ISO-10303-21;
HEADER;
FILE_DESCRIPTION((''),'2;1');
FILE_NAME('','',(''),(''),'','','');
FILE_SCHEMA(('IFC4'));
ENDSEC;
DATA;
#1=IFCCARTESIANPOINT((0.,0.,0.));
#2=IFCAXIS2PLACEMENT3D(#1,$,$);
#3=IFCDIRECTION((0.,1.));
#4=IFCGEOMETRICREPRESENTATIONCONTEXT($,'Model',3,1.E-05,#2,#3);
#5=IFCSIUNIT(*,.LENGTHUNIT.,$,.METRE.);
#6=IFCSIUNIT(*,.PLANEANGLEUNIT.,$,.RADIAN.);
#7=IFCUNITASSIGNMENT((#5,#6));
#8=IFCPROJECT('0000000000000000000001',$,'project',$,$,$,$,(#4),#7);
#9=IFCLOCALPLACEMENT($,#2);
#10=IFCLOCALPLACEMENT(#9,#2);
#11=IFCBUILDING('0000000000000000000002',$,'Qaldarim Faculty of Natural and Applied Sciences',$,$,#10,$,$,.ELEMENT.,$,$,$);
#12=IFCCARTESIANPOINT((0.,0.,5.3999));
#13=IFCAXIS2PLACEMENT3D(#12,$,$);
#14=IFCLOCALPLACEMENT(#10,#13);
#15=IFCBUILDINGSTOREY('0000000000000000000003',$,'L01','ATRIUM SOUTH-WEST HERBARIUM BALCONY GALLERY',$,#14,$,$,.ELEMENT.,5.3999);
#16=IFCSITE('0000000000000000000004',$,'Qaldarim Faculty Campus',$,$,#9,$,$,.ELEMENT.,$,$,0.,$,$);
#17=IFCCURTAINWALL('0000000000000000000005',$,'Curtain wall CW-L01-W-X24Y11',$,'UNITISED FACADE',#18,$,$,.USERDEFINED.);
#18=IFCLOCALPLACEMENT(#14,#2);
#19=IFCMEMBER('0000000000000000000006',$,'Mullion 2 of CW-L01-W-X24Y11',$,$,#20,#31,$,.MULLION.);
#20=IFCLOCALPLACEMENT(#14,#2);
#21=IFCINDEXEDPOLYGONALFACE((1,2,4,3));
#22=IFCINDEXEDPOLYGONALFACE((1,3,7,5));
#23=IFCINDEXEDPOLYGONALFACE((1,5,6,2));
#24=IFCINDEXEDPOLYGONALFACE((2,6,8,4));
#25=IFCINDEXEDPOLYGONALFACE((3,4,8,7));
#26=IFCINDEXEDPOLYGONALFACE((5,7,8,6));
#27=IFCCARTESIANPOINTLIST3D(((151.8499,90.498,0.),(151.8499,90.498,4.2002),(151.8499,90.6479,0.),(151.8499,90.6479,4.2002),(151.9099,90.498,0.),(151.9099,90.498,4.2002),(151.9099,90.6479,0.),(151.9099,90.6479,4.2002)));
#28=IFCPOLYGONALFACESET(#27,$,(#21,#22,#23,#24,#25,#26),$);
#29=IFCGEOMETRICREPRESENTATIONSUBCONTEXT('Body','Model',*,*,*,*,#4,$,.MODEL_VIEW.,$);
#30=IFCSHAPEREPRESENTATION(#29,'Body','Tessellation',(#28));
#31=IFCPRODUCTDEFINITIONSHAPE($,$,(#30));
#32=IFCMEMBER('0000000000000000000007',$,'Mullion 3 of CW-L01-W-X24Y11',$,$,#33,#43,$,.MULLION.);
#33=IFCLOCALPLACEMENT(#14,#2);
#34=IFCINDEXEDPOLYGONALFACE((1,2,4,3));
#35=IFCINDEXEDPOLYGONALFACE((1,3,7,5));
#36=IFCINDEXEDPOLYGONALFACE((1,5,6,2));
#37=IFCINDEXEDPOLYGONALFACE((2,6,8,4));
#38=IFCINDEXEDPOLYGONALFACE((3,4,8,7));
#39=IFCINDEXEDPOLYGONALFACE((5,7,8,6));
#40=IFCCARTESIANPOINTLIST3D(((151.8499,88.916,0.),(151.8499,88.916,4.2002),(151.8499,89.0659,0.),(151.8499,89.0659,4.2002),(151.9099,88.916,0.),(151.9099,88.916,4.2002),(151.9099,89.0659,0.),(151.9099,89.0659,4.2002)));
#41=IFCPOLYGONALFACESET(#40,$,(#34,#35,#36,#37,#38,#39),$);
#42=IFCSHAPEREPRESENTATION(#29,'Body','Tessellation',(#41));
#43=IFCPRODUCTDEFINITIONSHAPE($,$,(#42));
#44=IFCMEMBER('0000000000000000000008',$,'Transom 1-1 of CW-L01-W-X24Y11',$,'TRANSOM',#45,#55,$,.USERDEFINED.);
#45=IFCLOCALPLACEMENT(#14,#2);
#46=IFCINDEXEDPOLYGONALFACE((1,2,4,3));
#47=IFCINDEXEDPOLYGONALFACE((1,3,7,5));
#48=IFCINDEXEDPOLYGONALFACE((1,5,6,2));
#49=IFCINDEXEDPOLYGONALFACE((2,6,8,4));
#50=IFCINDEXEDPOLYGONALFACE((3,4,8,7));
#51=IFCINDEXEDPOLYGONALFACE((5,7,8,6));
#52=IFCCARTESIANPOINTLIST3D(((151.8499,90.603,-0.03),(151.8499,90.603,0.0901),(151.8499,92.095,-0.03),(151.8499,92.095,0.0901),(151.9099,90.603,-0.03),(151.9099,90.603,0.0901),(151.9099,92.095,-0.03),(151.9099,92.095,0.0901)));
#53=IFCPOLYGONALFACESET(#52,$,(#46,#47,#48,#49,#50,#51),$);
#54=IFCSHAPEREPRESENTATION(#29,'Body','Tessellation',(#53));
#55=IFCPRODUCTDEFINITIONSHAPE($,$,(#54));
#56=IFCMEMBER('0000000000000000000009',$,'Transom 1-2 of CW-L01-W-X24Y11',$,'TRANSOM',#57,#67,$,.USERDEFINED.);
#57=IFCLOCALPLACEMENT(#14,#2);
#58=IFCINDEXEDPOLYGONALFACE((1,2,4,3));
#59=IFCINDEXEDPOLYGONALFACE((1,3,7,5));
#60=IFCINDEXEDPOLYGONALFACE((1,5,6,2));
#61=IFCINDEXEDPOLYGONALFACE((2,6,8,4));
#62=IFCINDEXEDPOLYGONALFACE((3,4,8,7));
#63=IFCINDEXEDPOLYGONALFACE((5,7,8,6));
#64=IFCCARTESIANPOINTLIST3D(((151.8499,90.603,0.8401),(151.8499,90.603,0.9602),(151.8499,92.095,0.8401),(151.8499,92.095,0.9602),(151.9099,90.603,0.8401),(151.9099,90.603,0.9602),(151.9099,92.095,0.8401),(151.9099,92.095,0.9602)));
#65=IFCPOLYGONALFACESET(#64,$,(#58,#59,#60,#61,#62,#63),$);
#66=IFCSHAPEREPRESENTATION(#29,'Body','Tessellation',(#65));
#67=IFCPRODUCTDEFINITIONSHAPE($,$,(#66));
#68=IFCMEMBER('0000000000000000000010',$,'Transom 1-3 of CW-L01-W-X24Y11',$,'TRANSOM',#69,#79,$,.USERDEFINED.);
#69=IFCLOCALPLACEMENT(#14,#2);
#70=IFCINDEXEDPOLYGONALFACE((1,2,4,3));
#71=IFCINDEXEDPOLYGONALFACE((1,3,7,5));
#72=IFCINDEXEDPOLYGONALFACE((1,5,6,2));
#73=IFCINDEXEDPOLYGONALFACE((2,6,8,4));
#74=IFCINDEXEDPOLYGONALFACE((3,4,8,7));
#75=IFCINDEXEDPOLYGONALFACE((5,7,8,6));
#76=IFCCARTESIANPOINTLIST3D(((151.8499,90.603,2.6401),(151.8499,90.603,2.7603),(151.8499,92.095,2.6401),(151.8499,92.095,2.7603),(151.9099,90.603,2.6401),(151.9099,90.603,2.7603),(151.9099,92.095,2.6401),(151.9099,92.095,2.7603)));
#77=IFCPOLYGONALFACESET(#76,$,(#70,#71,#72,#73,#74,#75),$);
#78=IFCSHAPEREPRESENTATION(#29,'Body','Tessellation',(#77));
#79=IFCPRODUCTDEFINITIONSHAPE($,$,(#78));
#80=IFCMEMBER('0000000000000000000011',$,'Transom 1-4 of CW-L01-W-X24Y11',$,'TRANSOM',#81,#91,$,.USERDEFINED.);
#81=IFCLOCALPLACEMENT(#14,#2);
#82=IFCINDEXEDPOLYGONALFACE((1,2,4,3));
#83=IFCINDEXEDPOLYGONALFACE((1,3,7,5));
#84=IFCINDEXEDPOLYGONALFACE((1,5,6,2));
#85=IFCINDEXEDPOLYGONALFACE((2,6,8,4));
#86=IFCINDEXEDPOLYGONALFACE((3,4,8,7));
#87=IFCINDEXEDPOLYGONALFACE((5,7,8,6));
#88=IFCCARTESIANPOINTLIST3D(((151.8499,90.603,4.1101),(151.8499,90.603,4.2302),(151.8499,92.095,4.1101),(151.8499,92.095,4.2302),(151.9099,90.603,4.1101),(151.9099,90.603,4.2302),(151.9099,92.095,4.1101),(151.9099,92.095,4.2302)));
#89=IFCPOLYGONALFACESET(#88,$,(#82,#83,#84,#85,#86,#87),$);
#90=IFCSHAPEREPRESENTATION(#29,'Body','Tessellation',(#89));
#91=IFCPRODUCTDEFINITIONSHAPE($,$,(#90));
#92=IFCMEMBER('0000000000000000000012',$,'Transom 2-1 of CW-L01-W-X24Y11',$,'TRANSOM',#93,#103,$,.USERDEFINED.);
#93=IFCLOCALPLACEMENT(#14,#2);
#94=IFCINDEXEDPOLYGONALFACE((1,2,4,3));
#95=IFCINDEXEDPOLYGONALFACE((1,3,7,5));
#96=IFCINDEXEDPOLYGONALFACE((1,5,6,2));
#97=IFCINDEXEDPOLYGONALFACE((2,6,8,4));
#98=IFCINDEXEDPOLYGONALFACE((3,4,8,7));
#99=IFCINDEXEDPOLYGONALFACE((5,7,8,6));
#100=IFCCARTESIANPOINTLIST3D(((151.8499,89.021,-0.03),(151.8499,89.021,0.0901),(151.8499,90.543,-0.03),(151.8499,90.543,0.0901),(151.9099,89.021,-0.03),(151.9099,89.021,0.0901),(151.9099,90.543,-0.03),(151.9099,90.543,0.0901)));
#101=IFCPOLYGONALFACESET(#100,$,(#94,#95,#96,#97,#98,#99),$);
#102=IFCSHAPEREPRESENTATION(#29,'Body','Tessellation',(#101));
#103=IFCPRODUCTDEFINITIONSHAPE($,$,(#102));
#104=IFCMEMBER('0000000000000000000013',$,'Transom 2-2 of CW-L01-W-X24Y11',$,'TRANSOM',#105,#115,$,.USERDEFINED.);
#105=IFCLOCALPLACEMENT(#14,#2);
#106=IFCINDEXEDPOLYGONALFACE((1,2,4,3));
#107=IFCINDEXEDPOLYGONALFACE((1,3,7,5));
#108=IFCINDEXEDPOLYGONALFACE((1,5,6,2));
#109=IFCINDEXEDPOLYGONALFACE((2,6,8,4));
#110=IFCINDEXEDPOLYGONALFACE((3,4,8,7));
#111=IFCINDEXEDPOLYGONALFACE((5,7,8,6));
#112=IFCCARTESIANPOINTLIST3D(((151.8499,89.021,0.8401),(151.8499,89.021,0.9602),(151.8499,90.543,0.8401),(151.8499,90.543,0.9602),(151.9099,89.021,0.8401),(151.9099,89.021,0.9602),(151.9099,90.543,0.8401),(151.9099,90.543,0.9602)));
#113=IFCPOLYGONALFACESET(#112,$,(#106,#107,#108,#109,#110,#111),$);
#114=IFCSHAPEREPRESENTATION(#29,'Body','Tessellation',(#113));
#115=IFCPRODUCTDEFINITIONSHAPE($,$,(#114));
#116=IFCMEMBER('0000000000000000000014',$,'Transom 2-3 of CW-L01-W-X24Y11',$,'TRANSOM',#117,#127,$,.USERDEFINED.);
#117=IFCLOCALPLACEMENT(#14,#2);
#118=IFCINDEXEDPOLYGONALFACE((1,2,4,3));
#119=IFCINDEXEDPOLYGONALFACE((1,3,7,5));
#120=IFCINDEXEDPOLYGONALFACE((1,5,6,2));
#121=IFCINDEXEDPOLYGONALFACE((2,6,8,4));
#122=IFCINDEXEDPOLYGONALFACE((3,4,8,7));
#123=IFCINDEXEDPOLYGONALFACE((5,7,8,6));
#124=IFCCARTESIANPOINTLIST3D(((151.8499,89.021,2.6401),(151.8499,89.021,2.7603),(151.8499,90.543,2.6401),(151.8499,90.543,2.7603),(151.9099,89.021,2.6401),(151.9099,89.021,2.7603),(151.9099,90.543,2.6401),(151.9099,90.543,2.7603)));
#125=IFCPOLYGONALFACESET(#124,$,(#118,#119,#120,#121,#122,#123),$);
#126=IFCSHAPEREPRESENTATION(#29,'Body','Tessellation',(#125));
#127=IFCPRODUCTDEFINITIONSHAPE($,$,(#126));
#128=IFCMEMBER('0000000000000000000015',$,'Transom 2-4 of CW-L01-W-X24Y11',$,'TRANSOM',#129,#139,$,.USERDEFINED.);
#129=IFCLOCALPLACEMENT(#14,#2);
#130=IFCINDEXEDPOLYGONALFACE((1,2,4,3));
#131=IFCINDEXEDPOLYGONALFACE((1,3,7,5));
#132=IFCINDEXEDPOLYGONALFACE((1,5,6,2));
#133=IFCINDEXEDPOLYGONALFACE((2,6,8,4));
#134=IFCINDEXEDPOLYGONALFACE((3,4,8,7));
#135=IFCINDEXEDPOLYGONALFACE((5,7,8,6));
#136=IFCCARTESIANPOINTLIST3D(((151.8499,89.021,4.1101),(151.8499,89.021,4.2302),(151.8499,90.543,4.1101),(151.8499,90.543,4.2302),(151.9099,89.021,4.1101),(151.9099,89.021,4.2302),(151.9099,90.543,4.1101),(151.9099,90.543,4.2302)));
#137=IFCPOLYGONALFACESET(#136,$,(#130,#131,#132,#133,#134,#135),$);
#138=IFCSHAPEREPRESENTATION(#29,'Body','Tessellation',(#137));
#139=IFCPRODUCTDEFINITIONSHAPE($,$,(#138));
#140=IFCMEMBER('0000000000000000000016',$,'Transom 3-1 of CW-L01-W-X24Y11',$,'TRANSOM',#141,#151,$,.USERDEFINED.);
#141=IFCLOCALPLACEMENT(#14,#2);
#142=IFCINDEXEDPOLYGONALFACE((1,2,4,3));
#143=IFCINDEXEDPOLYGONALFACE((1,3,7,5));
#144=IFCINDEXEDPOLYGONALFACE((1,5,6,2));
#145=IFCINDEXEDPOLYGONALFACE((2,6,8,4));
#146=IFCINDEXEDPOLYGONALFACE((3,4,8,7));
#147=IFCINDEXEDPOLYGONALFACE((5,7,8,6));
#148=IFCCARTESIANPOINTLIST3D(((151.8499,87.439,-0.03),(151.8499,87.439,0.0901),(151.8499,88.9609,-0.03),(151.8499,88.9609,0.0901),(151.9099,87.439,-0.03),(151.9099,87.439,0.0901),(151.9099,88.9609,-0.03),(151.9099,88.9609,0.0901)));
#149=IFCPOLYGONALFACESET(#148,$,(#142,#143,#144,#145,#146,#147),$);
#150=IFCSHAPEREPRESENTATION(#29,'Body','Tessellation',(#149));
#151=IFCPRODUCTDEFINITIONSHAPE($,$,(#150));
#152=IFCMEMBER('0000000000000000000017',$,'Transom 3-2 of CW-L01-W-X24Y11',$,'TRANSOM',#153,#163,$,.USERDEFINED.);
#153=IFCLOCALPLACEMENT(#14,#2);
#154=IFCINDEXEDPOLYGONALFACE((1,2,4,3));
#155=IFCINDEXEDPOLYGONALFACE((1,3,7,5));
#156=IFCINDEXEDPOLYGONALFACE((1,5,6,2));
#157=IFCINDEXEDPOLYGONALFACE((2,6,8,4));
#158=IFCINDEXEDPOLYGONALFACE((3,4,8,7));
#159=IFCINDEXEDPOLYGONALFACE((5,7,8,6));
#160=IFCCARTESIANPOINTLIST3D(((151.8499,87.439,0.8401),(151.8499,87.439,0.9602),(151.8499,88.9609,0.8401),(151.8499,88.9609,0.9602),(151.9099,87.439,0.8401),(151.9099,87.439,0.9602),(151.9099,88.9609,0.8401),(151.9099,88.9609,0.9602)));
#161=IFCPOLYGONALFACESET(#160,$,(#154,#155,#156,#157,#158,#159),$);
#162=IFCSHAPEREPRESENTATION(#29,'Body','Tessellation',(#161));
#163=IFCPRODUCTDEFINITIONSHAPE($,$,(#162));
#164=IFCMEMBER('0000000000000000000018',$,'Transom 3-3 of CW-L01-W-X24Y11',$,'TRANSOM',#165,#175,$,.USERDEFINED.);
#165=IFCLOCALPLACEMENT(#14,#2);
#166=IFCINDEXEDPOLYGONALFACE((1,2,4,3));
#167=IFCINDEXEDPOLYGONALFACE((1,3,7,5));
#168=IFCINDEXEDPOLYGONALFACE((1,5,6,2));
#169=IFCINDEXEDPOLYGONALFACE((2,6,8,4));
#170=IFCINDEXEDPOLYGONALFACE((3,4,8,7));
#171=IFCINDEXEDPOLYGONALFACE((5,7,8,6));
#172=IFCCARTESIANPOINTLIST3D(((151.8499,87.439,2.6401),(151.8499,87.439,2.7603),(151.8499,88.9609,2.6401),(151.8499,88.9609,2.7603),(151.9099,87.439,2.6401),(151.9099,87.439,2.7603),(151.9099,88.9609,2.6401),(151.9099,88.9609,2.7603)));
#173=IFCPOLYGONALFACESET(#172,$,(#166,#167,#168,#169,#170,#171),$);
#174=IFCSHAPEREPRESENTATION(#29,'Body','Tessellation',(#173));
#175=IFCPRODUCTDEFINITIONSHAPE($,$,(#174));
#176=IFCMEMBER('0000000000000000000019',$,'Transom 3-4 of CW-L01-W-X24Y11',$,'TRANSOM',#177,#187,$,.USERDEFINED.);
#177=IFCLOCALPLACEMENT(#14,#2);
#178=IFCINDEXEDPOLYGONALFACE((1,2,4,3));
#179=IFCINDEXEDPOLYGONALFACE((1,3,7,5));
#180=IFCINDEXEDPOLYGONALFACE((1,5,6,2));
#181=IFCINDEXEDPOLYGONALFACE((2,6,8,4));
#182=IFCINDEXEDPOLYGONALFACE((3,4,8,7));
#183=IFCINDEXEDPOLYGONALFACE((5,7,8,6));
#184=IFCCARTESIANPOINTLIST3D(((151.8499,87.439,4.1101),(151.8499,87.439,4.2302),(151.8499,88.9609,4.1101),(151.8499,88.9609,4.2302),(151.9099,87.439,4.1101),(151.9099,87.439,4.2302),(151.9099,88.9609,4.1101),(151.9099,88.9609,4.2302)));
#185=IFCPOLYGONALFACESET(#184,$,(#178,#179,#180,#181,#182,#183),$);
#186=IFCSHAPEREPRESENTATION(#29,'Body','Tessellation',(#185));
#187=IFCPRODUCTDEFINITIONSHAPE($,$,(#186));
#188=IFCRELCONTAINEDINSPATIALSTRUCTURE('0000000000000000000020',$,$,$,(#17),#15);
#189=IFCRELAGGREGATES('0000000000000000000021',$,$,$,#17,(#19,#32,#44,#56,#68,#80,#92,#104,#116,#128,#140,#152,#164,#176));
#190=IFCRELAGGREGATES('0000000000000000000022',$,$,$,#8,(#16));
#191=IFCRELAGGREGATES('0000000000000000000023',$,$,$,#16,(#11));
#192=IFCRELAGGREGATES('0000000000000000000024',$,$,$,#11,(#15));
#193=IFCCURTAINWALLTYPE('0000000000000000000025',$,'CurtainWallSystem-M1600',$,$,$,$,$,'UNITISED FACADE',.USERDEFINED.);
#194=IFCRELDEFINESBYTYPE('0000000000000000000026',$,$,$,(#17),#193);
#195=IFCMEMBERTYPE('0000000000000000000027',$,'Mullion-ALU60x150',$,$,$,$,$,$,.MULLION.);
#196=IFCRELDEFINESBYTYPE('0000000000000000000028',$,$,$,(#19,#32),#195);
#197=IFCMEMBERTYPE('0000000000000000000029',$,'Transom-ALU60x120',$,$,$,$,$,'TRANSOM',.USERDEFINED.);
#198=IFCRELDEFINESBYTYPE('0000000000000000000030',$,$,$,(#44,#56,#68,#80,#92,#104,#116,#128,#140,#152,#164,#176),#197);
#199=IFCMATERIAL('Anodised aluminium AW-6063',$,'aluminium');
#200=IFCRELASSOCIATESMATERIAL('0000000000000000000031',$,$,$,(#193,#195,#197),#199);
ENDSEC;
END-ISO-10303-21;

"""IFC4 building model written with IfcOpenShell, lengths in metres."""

from ifc_helpers import new_model, si_unit, direction, frame, origin, origin_2d, place, context, subcontext, project, spatial, rectangle, extrude, material, material_profile, profile_set, type_object, element, aggregate, save


model = new_model("IFC4")

# Units and contexts
model_context = context("Model", 3, precision=1e-05, world=origin(), true_north=direction((0.0, 1.0)))
body_context = subcontext(model_context, "Body", "Model", "MODEL_VIEW")
ifc_project = project(units=[si_unit("LENGTHUNIT", "METRE"), si_unit("PLANEANGLEUNIT", "RADIAN")], contexts=[model_context])

# Site, building, storey
site_placement = place(None, origin())
site = spatial("IfcSite", under=ifc_project, at=site_placement, Name="Qaldarim Faculty Campus", CompositionType="ELEMENT", RefElevation=0.0)
building_placement = place(site_placement, origin())
building = spatial("IfcBuilding", under=site, at=building_placement, Name="Qaldarim Faculty of Natural and Applied Sciences", CompositionType="ELEMENT")
storey_placement = place(building_placement, frame((0.0, 0.0, 5.3999)))
storey = spatial("IfcBuildingStorey", under=building, at=storey_placement, Name="L01", Description="ATRIUM SOUTH-WEST HERBARIUM BALCONY GALLERY", CompositionType="ELEMENT", Elevation=5.3999)

# Curtain wall, members
ifc_material_1 = material(Name="Anodised aluminium AW-6063", Category="aluminium")
curtain_wall_type = type_object("IfcCurtainWallType", Name="CurtainWallSystem-M1600", ElementType="UNITISED FACADE", PredefinedType="USERDEFINED", material=ifc_material_1)
curtain_wall_placement = place(storey_placement, origin())
curtain_wall = element("IfcCurtainWall", 1, at=curtain_wall_placement, inside=storey, type_object=curtain_wall_type, Name="Curtain wall CW-L01-W-X24Y11", ObjectType="UNITISED FACADE", PredefinedType="USERDEFINED")
ifc_material_profile_1 = material_profile(ifc_material_1, rectangle(XDim=0.0601, YDim=0.1499, at=origin_2d()), Name="ALU-M60x150")
ifc_profile_set_1 = profile_set([ifc_material_profile_1], Name="Anodised aluminium AW-6063")
member_type_1 = type_object("IfcMemberType", Name="Mullion-ALU60x150", PredefinedType="MULLION", material=ifc_profile_set_1)
member_1_placement = place(storey_placement, frame((151.8799, 90.573, 0.0), z_axis=(0.0, 0.0, 1.0), x_axis=(1.0, 0.0, 0.0)))
member_1 = element("IfcMember", 2, at=member_1_placement, type_object=member_type_1, Name="Mullion 2 of CW-L01-W-X24Y11", PredefinedType="MULLION", context=body_context, shape_type="SweptSolid", body=[
    extrude(rectangle(XDim=0.0601, YDim=0.1499, at=origin_2d()), origin(), (0.0, 0.0, 1.0), 4.2002),
])
member_2_placement = place(storey_placement, frame((151.8799, 88.991, 0.0), z_axis=(0.0, 0.0, 1.0), x_axis=(1.0, 0.0, 0.0)))
member_2 = element("IfcMember", 3, at=member_2_placement, type_object=member_type_1, Name="Mullion 3 of CW-L01-W-X24Y11", PredefinedType="MULLION", context=body_context, shape_type="SweptSolid", body=[
    extrude(rectangle(XDim=0.0601, YDim=0.1499, at=origin_2d()), origin(), (0.0, 0.0, 1.0), 4.2002),
])
ifc_material_profile_2 = material_profile(ifc_material_1, rectangle(XDim=0.0601, YDim=0.1201, at=origin_2d()), Name="ALU-T60x120")
ifc_profile_set_2 = profile_set([ifc_material_profile_2], Name="Anodised aluminium AW-6063")
member_type_2 = type_object("IfcMemberType", Name="Transom-ALU60x120", ElementType="TRANSOM", PredefinedType="USERDEFINED", material=ifc_profile_set_2)
member_3_placement = place(storey_placement, frame((151.8799, 92.095, 0.03), z_axis=(0.0, -1.0, 0.0), x_axis=(1.0, 0.0, 0.0)))
member_3 = element("IfcMember", 4, at=member_3_placement, type_object=member_type_2, Name="Transom 1-1 of CW-L01-W-X24Y11", ObjectType="TRANSOM", PredefinedType="USERDEFINED", context=body_context, shape_type="SweptSolid", body=[
    extrude(rectangle(XDim=0.0601, YDim=0.1201, at=origin_2d()), origin(), (0.0, 0.0, 1.0), 1.4919),
])
member_4_placement = place(storey_placement, frame((151.8799, 92.095, 0.9001), z_axis=(0.0, -1.0, 0.0), x_axis=(1.0, 0.0, 0.0)))
member_4 = element("IfcMember", 5, at=member_4_placement, type_object=member_type_2, Name="Transom 1-2 of CW-L01-W-X24Y11", ObjectType="TRANSOM", PredefinedType="USERDEFINED", context=body_context, shape_type="SweptSolid", body=[
    extrude(rectangle(XDim=0.0601, YDim=0.1201, at=origin_2d()), origin(), (0.0, 0.0, 1.0), 1.4919),
])
member_5_placement = place(storey_placement, frame((151.8799, 92.095, 2.7002), z_axis=(0.0, -1.0, 0.0), x_axis=(1.0, 0.0, 0.0)))
member_5 = element("IfcMember", 6, at=member_5_placement, type_object=member_type_2, Name="Transom 1-3 of CW-L01-W-X24Y11", ObjectType="TRANSOM", PredefinedType="USERDEFINED", context=body_context, shape_type="SweptSolid", body=[
    extrude(rectangle(XDim=0.0601, YDim=0.1201, at=origin_2d()), origin(), (0.0, 0.0, 1.0), 1.4919),
])
member_6_placement = place(storey_placement, frame((151.8799, 92.095, 4.1702), z_axis=(0.0, -1.0, 0.0), x_axis=(1.0, 0.0, 0.0)))
member_6 = element("IfcMember", 7, at=member_6_placement, type_object=member_type_2, Name="Transom 1-4 of CW-L01-W-X24Y11", ObjectType="TRANSOM", PredefinedType="USERDEFINED", context=body_context, shape_type="SweptSolid", body=[
    extrude(rectangle(XDim=0.0601, YDim=0.1201, at=origin_2d()), origin(), (0.0, 0.0, 1.0), 1.4919),
])
member_7_placement = place(storey_placement, frame((151.8799, 90.543, 0.03), z_axis=(0.0, -1.0, 0.0), x_axis=(1.0, 0.0, 0.0)))
member_7 = element("IfcMember", 8, at=member_7_placement, type_object=member_type_2, Name="Transom 2-1 of CW-L01-W-X24Y11", ObjectType="TRANSOM", PredefinedType="USERDEFINED", context=body_context, shape_type="SweptSolid", body=[
    extrude(rectangle(XDim=0.0601, YDim=0.1201, at=origin_2d()), origin(), (0.0, 0.0, 1.0), 1.522),
])
member_8_placement = place(storey_placement, frame((151.8799, 90.543, 0.9001), z_axis=(0.0, -1.0, 0.0), x_axis=(1.0, 0.0, 0.0)))
member_8 = element("IfcMember", 9, at=member_8_placement, type_object=member_type_2, Name="Transom 2-2 of CW-L01-W-X24Y11", ObjectType="TRANSOM", PredefinedType="USERDEFINED", context=body_context, shape_type="SweptSolid", body=[
    extrude(rectangle(XDim=0.0601, YDim=0.1201, at=origin_2d()), origin(), (0.0, 0.0, 1.0), 1.522),
])
member_9_placement = place(storey_placement, frame((151.8799, 90.543, 2.7002), z_axis=(0.0, -1.0, 0.0), x_axis=(1.0, 0.0, 0.0)))
member_9 = element("IfcMember", 10, at=member_9_placement, type_object=member_type_2, Name="Transom 2-3 of CW-L01-W-X24Y11", ObjectType="TRANSOM", PredefinedType="USERDEFINED", context=body_context, shape_type="SweptSolid", body=[
    extrude(rectangle(XDim=0.0601, YDim=0.1201, at=origin_2d()), origin(), (0.0, 0.0, 1.0), 1.522),
])
member_10_placement = place(storey_placement, frame((151.8799, 90.543, 4.1702), z_axis=(0.0, -1.0, 0.0), x_axis=(1.0, 0.0, 0.0)))
member_10 = element("IfcMember", 11, at=member_10_placement, type_object=member_type_2, Name="Transom 2-4 of CW-L01-W-X24Y11", ObjectType="TRANSOM", PredefinedType="USERDEFINED", context=body_context, shape_type="SweptSolid", body=[
    extrude(rectangle(XDim=0.0601, YDim=0.1201, at=origin_2d()), origin(), (0.0, 0.0, 1.0), 1.522),
])
member_11_placement = place(storey_placement, frame((151.8799, 88.9609, 0.03), z_axis=(0.0, -1.0, 0.0), x_axis=(1.0, 0.0, 0.0)))
member_11 = element("IfcMember", 12, at=member_11_placement, type_object=member_type_2, Name="Transom 3-1 of CW-L01-W-X24Y11", ObjectType="TRANSOM", PredefinedType="USERDEFINED", context=body_context, shape_type="SweptSolid", body=[
    extrude(rectangle(XDim=0.0601, YDim=0.1201, at=origin_2d()), origin(), (0.0, 0.0, 1.0), 1.522),
])
member_12_placement = place(storey_placement, frame((151.8799, 88.9609, 0.9001), z_axis=(0.0, -1.0, 0.0), x_axis=(1.0, 0.0, 0.0)))
member_12 = element("IfcMember", 13, at=member_12_placement, type_object=member_type_2, Name="Transom 3-2 of CW-L01-W-X24Y11", ObjectType="TRANSOM", PredefinedType="USERDEFINED", context=body_context, shape_type="SweptSolid", body=[
    extrude(rectangle(XDim=0.0601, YDim=0.1201, at=origin_2d()), origin(), (0.0, 0.0, 1.0), 1.522),
])
member_13_placement = place(storey_placement, frame((151.8799, 88.9609, 2.7002), z_axis=(0.0, -1.0, 0.0), x_axis=(1.0, 0.0, 0.0)))
member_13 = element("IfcMember", 14, at=member_13_placement, type_object=member_type_2, Name="Transom 3-3 of CW-L01-W-X24Y11", ObjectType="TRANSOM", PredefinedType="USERDEFINED", context=body_context, shape_type="SweptSolid", body=[
    extrude(rectangle(XDim=0.0601, YDim=0.1201, at=origin_2d()), origin(), (0.0, 0.0, 1.0), 1.522),
])
member_14_placement = place(storey_placement, frame((151.8799, 88.9609, 4.1702), z_axis=(0.0, -1.0, 0.0), x_axis=(1.0, 0.0, 0.0)))
member_14 = element("IfcMember", 15, at=member_14_placement, type_object=member_type_2, Name="Transom 3-4 of CW-L01-W-X24Y11", ObjectType="TRANSOM", PredefinedType="USERDEFINED", context=body_context, shape_type="SweptSolid", body=[
    extrude(rectangle(XDim=0.0601, YDim=0.1201, at=origin_2d()), origin(), (0.0, 0.0, 1.0), 1.522),
])
aggregate(curtain_wall, [member_1, member_2, member_3, member_4, member_5, member_6, member_7, member_8, member_9, member_10, member_11, member_12, member_13, member_14])

save(model, "model.ifc")
